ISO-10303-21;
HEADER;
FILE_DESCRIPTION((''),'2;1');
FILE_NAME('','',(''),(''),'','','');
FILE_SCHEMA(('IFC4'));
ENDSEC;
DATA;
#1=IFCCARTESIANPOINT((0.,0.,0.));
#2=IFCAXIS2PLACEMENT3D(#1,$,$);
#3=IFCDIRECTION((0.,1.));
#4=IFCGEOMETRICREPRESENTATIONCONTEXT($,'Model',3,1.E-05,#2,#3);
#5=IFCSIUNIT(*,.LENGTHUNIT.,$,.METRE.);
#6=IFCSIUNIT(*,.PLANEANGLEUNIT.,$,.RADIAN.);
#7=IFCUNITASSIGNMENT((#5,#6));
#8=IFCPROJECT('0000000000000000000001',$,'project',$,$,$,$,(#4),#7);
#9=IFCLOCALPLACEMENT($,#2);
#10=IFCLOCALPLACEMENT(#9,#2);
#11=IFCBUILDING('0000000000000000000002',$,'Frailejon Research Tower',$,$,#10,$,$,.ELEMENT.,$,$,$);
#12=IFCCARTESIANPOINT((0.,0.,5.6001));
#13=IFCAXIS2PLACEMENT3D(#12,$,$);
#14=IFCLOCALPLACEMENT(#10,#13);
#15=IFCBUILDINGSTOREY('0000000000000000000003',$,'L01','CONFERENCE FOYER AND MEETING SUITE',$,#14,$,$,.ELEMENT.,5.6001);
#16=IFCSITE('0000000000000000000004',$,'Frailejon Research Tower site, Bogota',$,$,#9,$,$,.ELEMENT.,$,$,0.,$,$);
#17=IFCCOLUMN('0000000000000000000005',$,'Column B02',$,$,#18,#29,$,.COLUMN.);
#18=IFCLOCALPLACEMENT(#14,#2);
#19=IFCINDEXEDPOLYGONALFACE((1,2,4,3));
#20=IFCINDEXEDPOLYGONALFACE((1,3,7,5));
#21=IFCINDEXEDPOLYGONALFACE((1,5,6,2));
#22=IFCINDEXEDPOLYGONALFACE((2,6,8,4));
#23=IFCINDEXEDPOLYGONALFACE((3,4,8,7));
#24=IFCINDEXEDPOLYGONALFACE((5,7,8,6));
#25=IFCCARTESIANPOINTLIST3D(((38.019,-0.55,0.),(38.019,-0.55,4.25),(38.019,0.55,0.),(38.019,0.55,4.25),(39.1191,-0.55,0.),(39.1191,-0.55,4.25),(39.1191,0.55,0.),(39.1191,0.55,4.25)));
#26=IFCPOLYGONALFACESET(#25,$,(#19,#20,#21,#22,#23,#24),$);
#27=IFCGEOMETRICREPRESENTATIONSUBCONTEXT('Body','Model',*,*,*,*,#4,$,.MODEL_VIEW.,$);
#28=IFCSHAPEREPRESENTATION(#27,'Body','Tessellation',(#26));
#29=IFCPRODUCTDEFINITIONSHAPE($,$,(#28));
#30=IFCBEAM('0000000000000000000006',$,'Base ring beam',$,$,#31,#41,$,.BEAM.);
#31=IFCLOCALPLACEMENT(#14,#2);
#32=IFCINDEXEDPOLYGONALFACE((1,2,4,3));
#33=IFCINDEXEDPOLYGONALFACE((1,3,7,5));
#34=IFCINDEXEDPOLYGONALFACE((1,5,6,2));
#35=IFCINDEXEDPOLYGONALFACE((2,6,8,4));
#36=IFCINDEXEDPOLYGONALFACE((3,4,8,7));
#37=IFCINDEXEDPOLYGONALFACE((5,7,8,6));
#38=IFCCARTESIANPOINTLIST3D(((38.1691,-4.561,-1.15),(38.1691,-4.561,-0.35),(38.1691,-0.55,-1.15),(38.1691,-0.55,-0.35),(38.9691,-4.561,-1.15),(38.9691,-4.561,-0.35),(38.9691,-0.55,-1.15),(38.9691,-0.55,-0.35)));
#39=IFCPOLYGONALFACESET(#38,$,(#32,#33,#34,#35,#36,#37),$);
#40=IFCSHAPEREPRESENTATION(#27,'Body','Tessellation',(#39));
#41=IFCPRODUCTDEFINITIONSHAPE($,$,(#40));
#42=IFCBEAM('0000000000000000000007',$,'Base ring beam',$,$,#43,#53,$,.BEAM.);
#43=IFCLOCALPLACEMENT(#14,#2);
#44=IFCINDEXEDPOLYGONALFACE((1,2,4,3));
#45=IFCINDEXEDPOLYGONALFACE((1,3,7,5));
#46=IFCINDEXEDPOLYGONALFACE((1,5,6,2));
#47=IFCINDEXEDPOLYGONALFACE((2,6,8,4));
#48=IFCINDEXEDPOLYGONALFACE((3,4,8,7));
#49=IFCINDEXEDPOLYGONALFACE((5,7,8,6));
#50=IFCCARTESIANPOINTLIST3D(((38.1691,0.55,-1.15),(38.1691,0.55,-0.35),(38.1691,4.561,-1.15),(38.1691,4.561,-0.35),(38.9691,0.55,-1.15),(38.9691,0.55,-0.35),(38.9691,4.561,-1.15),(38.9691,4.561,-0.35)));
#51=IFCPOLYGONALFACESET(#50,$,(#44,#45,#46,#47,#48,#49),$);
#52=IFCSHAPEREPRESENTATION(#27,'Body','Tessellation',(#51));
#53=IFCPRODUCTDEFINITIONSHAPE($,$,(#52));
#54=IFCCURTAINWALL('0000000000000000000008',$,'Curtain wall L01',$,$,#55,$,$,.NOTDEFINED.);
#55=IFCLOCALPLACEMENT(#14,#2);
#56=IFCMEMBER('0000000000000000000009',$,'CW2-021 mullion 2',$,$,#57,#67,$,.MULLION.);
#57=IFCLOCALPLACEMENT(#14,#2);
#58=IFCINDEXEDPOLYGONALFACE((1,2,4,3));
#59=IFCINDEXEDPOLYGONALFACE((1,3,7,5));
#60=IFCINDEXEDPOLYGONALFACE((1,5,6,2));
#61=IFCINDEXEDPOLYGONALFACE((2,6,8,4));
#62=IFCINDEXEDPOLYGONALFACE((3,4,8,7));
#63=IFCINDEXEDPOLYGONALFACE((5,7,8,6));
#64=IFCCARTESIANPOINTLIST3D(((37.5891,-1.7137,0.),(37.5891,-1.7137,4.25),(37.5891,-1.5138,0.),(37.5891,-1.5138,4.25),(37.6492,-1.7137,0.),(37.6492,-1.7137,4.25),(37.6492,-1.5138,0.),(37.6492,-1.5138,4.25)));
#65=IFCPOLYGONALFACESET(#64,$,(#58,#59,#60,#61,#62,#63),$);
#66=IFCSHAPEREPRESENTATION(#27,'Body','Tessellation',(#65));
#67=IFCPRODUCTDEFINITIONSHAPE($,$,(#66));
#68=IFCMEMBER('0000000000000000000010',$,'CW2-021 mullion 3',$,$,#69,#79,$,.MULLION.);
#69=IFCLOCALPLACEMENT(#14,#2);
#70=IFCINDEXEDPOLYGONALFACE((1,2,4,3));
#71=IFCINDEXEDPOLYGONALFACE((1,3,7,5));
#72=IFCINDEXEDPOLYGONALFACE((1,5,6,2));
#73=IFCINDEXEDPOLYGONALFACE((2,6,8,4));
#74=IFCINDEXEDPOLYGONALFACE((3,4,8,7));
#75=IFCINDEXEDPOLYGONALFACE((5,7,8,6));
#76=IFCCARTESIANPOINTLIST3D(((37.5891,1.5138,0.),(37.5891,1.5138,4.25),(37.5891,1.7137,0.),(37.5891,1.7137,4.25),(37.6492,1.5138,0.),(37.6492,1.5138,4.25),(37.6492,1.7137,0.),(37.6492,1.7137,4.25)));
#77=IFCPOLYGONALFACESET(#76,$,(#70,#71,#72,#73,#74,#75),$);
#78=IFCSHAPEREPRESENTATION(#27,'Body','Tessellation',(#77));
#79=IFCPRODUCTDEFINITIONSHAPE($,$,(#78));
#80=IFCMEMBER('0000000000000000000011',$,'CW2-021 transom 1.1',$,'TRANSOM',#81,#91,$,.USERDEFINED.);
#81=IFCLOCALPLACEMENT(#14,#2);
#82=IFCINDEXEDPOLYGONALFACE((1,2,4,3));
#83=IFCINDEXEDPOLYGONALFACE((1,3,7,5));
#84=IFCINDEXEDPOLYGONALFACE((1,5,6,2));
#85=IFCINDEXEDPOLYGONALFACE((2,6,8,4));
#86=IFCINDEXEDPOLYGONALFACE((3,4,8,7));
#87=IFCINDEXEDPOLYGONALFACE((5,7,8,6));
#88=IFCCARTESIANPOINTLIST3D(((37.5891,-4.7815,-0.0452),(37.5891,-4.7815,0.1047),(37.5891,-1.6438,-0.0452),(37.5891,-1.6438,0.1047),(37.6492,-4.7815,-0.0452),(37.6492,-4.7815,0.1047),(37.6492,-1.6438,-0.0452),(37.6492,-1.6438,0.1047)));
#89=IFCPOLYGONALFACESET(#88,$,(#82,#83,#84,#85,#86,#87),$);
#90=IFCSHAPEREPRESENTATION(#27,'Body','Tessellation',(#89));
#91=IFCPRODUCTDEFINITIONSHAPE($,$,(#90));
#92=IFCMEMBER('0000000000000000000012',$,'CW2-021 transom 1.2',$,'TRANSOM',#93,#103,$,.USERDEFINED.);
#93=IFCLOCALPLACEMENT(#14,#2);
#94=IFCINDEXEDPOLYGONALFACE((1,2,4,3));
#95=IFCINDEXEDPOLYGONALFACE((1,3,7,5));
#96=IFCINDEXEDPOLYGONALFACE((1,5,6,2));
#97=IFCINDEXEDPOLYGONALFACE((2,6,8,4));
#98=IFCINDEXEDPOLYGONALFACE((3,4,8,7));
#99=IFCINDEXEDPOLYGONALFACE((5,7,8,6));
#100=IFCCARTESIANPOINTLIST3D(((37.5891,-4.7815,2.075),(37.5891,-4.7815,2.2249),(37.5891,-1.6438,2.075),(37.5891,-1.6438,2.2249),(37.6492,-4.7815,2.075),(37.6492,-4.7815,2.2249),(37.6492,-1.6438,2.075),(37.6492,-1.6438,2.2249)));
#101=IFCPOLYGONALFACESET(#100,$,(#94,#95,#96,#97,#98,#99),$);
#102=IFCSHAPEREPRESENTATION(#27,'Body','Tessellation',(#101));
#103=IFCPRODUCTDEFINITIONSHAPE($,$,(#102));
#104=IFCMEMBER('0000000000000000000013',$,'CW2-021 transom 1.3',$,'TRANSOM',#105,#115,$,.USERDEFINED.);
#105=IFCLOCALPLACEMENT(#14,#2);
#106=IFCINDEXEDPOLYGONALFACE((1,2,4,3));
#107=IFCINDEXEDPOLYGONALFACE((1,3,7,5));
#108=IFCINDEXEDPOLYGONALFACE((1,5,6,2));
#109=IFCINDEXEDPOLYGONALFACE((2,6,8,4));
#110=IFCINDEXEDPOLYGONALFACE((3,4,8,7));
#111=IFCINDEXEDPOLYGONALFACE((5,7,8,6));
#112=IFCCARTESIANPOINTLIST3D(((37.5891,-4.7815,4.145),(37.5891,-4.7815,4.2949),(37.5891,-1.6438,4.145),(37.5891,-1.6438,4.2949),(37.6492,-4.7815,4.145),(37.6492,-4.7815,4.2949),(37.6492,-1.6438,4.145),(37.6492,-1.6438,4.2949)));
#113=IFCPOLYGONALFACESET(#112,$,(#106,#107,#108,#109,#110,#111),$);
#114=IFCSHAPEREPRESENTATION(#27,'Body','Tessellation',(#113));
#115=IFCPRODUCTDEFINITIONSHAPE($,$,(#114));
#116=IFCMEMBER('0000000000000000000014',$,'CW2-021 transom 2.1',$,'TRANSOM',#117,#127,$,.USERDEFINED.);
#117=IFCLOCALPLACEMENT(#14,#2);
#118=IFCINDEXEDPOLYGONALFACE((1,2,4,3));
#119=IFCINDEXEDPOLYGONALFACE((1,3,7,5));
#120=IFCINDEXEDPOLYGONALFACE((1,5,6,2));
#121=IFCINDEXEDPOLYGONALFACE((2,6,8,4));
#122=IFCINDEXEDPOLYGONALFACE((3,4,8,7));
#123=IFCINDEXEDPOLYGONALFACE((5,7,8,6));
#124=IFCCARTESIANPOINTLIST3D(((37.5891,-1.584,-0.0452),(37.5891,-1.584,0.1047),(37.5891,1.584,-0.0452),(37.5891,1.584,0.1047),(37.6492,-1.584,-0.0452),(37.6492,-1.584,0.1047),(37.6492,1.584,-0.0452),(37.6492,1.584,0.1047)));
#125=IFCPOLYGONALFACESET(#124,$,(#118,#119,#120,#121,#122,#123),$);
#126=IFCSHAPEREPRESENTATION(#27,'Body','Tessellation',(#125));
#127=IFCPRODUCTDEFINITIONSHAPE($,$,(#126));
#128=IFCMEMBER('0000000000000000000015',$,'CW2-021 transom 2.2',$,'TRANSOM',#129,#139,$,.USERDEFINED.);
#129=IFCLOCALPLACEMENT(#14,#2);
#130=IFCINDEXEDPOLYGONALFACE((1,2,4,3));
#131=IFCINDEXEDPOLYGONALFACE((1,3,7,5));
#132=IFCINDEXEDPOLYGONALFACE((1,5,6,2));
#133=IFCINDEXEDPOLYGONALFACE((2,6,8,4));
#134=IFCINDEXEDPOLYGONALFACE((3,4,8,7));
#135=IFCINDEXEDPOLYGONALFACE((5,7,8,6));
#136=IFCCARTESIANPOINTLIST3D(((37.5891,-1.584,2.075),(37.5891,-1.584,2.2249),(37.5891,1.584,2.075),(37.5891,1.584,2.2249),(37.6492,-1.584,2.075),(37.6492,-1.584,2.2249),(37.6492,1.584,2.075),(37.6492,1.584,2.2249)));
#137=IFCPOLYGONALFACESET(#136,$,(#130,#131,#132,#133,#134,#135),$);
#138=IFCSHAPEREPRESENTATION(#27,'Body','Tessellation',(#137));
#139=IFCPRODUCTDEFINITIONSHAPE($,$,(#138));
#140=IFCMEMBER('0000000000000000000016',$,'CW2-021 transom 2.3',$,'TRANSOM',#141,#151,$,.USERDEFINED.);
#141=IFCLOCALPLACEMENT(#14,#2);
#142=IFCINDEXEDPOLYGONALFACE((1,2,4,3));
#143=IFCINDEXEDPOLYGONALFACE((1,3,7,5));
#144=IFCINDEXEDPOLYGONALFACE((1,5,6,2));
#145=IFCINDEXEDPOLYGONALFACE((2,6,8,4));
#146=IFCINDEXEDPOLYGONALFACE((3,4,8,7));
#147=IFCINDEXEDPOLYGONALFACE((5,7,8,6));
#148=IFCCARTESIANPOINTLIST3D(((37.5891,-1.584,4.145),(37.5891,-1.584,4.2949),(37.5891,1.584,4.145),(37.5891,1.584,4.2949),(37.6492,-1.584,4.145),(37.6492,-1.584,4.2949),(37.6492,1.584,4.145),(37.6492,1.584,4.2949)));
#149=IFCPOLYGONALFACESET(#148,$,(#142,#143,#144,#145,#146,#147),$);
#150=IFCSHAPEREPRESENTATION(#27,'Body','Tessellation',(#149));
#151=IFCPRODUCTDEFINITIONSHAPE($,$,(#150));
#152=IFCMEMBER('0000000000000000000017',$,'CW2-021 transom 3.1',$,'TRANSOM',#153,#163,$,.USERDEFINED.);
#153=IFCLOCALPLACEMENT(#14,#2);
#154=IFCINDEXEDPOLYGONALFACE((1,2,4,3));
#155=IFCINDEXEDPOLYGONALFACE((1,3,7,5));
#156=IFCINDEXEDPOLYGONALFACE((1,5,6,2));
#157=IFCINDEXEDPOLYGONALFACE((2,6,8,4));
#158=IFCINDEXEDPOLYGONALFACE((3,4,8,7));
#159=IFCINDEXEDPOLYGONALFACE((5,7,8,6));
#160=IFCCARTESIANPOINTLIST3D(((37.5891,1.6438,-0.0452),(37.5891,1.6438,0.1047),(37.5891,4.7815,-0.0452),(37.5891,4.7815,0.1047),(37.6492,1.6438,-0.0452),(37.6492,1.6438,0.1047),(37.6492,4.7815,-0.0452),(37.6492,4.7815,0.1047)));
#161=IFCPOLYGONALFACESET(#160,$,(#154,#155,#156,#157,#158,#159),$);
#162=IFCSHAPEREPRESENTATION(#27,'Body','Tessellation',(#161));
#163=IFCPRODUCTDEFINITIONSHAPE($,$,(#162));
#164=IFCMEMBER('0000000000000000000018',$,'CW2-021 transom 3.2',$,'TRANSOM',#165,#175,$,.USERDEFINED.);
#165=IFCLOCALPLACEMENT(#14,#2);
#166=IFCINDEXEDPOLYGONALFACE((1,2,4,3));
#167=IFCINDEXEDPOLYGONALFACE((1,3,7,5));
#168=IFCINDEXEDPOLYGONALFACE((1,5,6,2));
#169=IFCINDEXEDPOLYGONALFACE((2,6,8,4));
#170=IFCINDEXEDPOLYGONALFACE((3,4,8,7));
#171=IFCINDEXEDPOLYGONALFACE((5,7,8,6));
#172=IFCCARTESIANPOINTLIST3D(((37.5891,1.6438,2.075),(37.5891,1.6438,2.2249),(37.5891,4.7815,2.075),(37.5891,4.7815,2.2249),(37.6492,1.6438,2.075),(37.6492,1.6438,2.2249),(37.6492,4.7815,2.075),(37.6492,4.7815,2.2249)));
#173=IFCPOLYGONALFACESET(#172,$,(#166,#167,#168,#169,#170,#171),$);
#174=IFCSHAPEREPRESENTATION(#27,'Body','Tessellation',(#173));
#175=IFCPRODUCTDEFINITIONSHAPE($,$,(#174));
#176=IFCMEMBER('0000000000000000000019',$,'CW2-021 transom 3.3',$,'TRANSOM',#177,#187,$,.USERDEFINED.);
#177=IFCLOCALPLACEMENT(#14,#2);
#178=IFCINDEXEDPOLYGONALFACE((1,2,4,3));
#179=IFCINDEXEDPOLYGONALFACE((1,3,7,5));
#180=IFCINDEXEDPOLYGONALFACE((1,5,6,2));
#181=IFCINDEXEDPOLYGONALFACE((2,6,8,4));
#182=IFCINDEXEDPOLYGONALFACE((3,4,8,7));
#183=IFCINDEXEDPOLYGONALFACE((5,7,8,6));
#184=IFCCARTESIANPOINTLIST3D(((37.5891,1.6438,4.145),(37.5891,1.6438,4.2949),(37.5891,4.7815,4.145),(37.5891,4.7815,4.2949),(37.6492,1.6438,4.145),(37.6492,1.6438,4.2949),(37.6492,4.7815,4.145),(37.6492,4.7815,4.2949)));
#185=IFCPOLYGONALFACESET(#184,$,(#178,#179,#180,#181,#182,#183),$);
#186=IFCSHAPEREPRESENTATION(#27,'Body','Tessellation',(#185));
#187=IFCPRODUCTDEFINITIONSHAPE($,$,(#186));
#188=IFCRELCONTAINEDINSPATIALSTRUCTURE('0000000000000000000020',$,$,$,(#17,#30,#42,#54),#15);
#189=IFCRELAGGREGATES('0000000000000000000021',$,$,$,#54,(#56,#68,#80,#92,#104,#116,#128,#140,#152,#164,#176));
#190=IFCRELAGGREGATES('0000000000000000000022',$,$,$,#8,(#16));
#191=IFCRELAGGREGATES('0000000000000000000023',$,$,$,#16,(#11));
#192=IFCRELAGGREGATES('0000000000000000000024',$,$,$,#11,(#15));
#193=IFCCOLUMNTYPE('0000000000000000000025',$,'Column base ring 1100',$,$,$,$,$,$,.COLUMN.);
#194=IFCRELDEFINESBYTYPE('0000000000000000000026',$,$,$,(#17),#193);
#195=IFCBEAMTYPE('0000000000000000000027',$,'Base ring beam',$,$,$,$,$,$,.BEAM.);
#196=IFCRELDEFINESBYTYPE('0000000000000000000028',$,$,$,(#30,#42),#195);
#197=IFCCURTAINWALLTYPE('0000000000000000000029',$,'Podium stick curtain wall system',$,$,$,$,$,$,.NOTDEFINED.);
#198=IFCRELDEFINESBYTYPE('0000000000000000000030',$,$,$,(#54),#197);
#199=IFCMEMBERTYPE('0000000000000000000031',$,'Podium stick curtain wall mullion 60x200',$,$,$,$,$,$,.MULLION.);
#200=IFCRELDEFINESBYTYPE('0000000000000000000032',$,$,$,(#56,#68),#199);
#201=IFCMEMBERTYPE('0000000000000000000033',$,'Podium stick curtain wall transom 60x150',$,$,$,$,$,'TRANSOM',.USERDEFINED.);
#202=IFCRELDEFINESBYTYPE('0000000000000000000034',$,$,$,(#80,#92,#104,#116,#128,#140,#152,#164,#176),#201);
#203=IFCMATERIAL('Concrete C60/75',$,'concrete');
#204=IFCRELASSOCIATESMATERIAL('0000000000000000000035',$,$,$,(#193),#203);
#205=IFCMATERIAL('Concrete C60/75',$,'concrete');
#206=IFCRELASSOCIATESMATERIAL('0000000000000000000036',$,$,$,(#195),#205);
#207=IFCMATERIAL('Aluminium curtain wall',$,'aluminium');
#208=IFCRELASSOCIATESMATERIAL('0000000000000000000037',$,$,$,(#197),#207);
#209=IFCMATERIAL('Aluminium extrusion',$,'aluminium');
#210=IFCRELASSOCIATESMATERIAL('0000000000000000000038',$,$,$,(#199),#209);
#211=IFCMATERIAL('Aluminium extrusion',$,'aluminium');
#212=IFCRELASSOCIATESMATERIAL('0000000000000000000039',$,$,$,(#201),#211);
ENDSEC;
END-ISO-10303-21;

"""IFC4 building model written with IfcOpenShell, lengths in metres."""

from ifc_helpers import new_model, si_unit, direction, frame, origin, origin_2d, place, context, subcontext, project, spatial, rectangle, extrude, material, material_profile, profile_set, type_object, element, aggregate, save


model = new_model("IFC4")

# Units and contexts
model_context = context("Model", 3, precision=1e-05, world=origin(), true_north=direction((0.0, 1.0)))
body_context = subcontext(model_context, "Body", "Model", "MODEL_VIEW")
ifc_project = project(units=[si_unit("LENGTHUNIT", "METRE"), si_unit("PLANEANGLEUNIT", "RADIAN")], contexts=[model_context])

# Site, building, storey
site_placement = place(None, origin())
site = spatial("IfcSite", under=ifc_project, at=site_placement, Name="Frailejon Research Tower site, Bogota", CompositionType="ELEMENT", RefElevation=0.0)
building_placement = place(site_placement, origin())
building = spatial("IfcBuilding", under=site, at=building_placement, Name="Frailejon Research Tower", CompositionType="ELEMENT")
storey_placement = place(building_placement, frame((0.0, 0.0, 5.6001)))
storey = spatial("IfcBuildingStorey", under=building, at=storey_placement, Name="L01", Description="CONFERENCE FOYER AND MEETING SUITE", CompositionType="ELEMENT", Elevation=5.6001)

# Column
ifc_material_1 = material(Name="Concrete C60/75", Category="concrete")
ifc_material_profile_1 = material_profile(ifc_material_1, rectangle(XDim=1.1001, YDim=1.1001, at=origin_2d()), Name="Column base ring 1100")
ifc_profile_set_1 = profile_set([ifc_material_profile_1], Name="Concrete C60/75")
column_type = type_object("IfcColumnType", Name="Column base ring 1100", PredefinedType="COLUMN", material=ifc_profile_set_1)
column_placement = place(storey_placement, frame((38.5691, 0.0, 0.0), z_axis=(0.0, 0.0, 1.0), x_axis=(0.0, 1.0, 0.0)))
element("IfcColumn", 1, at=column_placement, inside=storey, type_object=column_type, Name="Column B02", PredefinedType="COLUMN", context=body_context, shape_type="SweptSolid", body=[
    extrude(rectangle(XDim=1.1001, YDim=1.1001, at=origin_2d()), origin(), (0.0, 0.0, 1.0), 4.25),
])

# Beams
ifc_material_2 = material(Name="Concrete C60/75", Category="concrete")
ifc_material_profile_2 = material_profile(ifc_material_2, rectangle(XDim=0.8, YDim=0.8, at=origin_2d()), Name="Base ring beam")
ifc_profile_set_2 = profile_set([ifc_material_profile_2], Name="Concrete C60/75")
beam_type = type_object("IfcBeamType", Name="Base ring beam", PredefinedType="BEAM", material=ifc_profile_set_2)
for number, where, z_axis, x_axis, name in (
    (2, (38.5691, -4.561, -0.75), (0.0, 1.0, 0.0), (-1.0, 0.0, 0.0), "Base ring beam"),
    (3, (38.5691, 0.55, -0.75), (0.0, 1.0, 0.0), (-1.0, 0.0, 0.0), "Base ring beam"),
):
    element("IfcBeam", number, at=place(storey_placement, frame(where, z_axis=z_axis, x_axis=x_axis)), inside=storey, type_object=beam_type, Name=name, PredefinedType="BEAM", context=body_context, shape_type="SweptSolid", body=[
        extrude(rectangle(XDim=0.8, YDim=0.8, at=origin_2d()), origin(), (0.0, 0.0, 1.0), 4.011),
    ])

# Curtain wall, members
ifc_material_3 = material(Name="Aluminium curtain wall", Category="aluminium")
curtain_wall_type = type_object("IfcCurtainWallType", Name="Podium stick curtain wall system", PredefinedType="NOTDEFINED", material=ifc_material_3)
curtain_wall_placement = place(storey_placement, origin())
curtain_wall = element("IfcCurtainWall", 4, at=curtain_wall_placement, inside=storey, type_object=curtain_wall_type, Name="Curtain wall L01", PredefinedType="NOTDEFINED")
ifc_material_4 = material(Name="Aluminium extrusion", Category="aluminium")
ifc_material_profile_3 = material_profile(ifc_material_4, rectangle(XDim=0.0601, YDim=0.2, at=origin_2d()), Name="Podium stick curtain wall mullion 60x200")
ifc_profile_set_3 = profile_set([ifc_material_profile_3], Name="Aluminium extrusion")
member_type_1 = type_object("IfcMemberType", Name="Podium stick curtain wall mullion 60x200", PredefinedType="MULLION", material=ifc_profile_set_3)
member_1_placement = place(storey_placement, frame((37.6191, -1.6138, 0.0), z_axis=(0.0, 0.0, 1.0), x_axis=(-1.0, 0.0, 0.0)))
member_1 = element("IfcMember", 5, at=member_1_placement, type_object=member_type_1, Name="CW2-021 mullion 2", PredefinedType="MULLION", context=body_context, shape_type="SweptSolid", body=[
    extrude(rectangle(XDim=0.0601, YDim=0.2, at=origin_2d()), origin(), (0.0, 0.0, 1.0), 4.25),
])
member_2_placement = place(storey_placement, frame((37.6191, 1.6138, 0.0), z_axis=(0.0, 0.0, 1.0), x_axis=(-1.0, 0.0, 0.0)))
member_2 = element("IfcMember", 6, at=member_2_placement, type_object=member_type_1, Name="CW2-021 mullion 3", PredefinedType="MULLION", context=body_context, shape_type="SweptSolid", body=[
    extrude(rectangle(XDim=0.0601, YDim=0.2, at=origin_2d()), origin(), (0.0, 0.0, 1.0), 4.25),
])
ifc_material_5 = material(Name="Aluminium extrusion", Category="aluminium")
ifc_material_profile_4 = material_profile(ifc_material_5, rectangle(XDim=0.0601, YDim=0.1499, at=origin_2d()), Name="Podium stick curtain wall transom 60x150")
ifc_profile_set_4 = profile_set([ifc_material_profile_4], Name="Aluminium extrusion")
member_type_2 = type_object("IfcMemberType", Name="Podium stick curtain wall transom 60x150", ElementType="TRANSOM", PredefinedType="USERDEFINED", material=ifc_profile_set_4)
member_3_placement = place(storey_placement, frame((37.6191, -4.7815, 0.0298), z_axis=(0.0, 1.0, 0.0), x_axis=(-1.0, 0.0, 0.0)))
member_3 = element("IfcMember", 7, at=member_3_placement, type_object=member_type_2, Name="CW2-021 transom 1.1", ObjectType="TRANSOM", PredefinedType="USERDEFINED", context=body_context, shape_type="SweptSolid", body=[
    extrude(rectangle(XDim=0.0601, YDim=0.1499, at=origin_2d()), origin(), (0.0, 0.0, 1.0), 3.1377),
])
member_4_placement = place(storey_placement, frame((37.6191, -4.7815, 2.1499), z_axis=(0.0, 1.0, 0.0), x_axis=(-1.0, 0.0, 0.0)))
member_4 = element("IfcMember", 8, at=member_4_placement, type_object=member_type_2, Name="CW2-021 transom 1.2", ObjectType="TRANSOM", PredefinedType="USERDEFINED", context=body_context, shape_type="SweptSolid", body=[
    extrude(rectangle(XDim=0.0601, YDim=0.1499, at=origin_2d()), origin(), (0.0, 0.0, 1.0), 3.1377),
])
member_5_placement = place(storey_placement, frame((37.6191, -4.7815, 4.22), z_axis=(0.0, 1.0, 0.0), x_axis=(-1.0, 0.0, 0.0)))
member_5 = element("IfcMember", 9, at=member_5_placement, type_object=member_type_2, Name="CW2-021 transom 1.3", ObjectType="TRANSOM", PredefinedType="USERDEFINED", context=body_context, shape_type="SweptSolid", body=[
    extrude(rectangle(XDim=0.0601, YDim=0.1499, at=origin_2d()), origin(), (0.0, 0.0, 1.0), 3.1377),
])
member_6_placement = place(storey_placement, frame((37.6191, -1.584, 0.0298), z_axis=(0.0, 1.0, 0.0), x_axis=(-1.0, 0.0, 0.0)))
member_6 = element("IfcMember", 10, at=member_6_placement, type_object=member_type_2, Name="CW2-021 transom 2.1", ObjectType="TRANSOM", PredefinedType="USERDEFINED", context=body_context, shape_type="SweptSolid", body=[
    extrude(rectangle(XDim=0.0601, YDim=0.1499, at=origin_2d()), origin(), (0.0, 0.0, 1.0), 3.168),
])
member_7_placement = place(storey_placement, frame((37.6191, -1.584, 2.1499), z_axis=(0.0, 1.0, 0.0), x_axis=(-1.0, 0.0, 0.0)))
member_7 = element("IfcMember", 11, at=member_7_placement, type_object=member_type_2, Name="CW2-021 transom 2.2", ObjectType="TRANSOM", PredefinedType="USERDEFINED", context=body_context, shape_type="SweptSolid", body=[
    extrude(rectangle(XDim=0.0601, YDim=0.1499, at=origin_2d()), origin(), (0.0, 0.0, 1.0), 3.168),
])
member_8_placement = place(storey_placement, frame((37.6191, -1.584, 4.22), z_axis=(0.0, 1.0, 0.0), x_axis=(-1.0, 0.0, 0.0)))
member_8 = element("IfcMember", 12, at=member_8_placement, type_object=member_type_2, Name="CW2-021 transom 2.3", ObjectType="TRANSOM", PredefinedType="USERDEFINED", context=body_context, shape_type="SweptSolid", body=[
    extrude(rectangle(XDim=0.0601, YDim=0.1499, at=origin_2d()), origin(), (0.0, 0.0, 1.0), 3.168),
])
member_9_placement = place(storey_placement, frame((37.6191, 1.6438, 0.0298), z_axis=(0.0, 1.0, 0.0), x_axis=(-1.0, 0.0, 0.0)))
member_9 = element("IfcMember", 13, at=member_9_placement, type_object=member_type_2, Name="CW2-021 transom 3.1", ObjectType="TRANSOM", PredefinedType="USERDEFINED", context=body_context, shape_type="SweptSolid", body=[
    extrude(rectangle(XDim=0.0601, YDim=0.1499, at=origin_2d()), origin(), (0.0, 0.0, 1.0), 3.1377),
])
member_10_placement = place(storey_placement, frame((37.6191, 1.6438, 2.1499), z_axis=(0.0, 1.0, 0.0), x_axis=(-1.0, 0.0, 0.0)))
member_10 = element("IfcMember", 14, at=member_10_placement, type_object=member_type_2, Name="CW2-021 transom 3.2", ObjectType="TRANSOM", PredefinedType="USERDEFINED", context=body_context, shape_type="SweptSolid", body=[
    extrude(rectangle(XDim=0.0601, YDim=0.1499, at=origin_2d()), origin(), (0.0, 0.0, 1.0), 3.1377),
])
member_11_placement = place(storey_placement, frame((37.6191, 1.6438, 4.22), z_axis=(0.0, 1.0, 0.0), x_axis=(-1.0, 0.0, 0.0)))
member_11 = element("IfcMember", 15, at=member_11_placement, type_object=member_type_2, Name="CW2-021 transom 3.3", ObjectType="TRANSOM", PredefinedType="USERDEFINED", context=body_context, shape_type="SweptSolid", body=[
    extrude(rectangle(XDim=0.0601, YDim=0.1499, at=origin_2d()), origin(), (0.0, 0.0, 1.0), 3.1377),
])
aggregate(curtain_wall, [member_1, member_2, member_3, member_4, member_5, member_6, member_7, member_8, member_9, member_10, member_11])

save(model, "model.ifc")
